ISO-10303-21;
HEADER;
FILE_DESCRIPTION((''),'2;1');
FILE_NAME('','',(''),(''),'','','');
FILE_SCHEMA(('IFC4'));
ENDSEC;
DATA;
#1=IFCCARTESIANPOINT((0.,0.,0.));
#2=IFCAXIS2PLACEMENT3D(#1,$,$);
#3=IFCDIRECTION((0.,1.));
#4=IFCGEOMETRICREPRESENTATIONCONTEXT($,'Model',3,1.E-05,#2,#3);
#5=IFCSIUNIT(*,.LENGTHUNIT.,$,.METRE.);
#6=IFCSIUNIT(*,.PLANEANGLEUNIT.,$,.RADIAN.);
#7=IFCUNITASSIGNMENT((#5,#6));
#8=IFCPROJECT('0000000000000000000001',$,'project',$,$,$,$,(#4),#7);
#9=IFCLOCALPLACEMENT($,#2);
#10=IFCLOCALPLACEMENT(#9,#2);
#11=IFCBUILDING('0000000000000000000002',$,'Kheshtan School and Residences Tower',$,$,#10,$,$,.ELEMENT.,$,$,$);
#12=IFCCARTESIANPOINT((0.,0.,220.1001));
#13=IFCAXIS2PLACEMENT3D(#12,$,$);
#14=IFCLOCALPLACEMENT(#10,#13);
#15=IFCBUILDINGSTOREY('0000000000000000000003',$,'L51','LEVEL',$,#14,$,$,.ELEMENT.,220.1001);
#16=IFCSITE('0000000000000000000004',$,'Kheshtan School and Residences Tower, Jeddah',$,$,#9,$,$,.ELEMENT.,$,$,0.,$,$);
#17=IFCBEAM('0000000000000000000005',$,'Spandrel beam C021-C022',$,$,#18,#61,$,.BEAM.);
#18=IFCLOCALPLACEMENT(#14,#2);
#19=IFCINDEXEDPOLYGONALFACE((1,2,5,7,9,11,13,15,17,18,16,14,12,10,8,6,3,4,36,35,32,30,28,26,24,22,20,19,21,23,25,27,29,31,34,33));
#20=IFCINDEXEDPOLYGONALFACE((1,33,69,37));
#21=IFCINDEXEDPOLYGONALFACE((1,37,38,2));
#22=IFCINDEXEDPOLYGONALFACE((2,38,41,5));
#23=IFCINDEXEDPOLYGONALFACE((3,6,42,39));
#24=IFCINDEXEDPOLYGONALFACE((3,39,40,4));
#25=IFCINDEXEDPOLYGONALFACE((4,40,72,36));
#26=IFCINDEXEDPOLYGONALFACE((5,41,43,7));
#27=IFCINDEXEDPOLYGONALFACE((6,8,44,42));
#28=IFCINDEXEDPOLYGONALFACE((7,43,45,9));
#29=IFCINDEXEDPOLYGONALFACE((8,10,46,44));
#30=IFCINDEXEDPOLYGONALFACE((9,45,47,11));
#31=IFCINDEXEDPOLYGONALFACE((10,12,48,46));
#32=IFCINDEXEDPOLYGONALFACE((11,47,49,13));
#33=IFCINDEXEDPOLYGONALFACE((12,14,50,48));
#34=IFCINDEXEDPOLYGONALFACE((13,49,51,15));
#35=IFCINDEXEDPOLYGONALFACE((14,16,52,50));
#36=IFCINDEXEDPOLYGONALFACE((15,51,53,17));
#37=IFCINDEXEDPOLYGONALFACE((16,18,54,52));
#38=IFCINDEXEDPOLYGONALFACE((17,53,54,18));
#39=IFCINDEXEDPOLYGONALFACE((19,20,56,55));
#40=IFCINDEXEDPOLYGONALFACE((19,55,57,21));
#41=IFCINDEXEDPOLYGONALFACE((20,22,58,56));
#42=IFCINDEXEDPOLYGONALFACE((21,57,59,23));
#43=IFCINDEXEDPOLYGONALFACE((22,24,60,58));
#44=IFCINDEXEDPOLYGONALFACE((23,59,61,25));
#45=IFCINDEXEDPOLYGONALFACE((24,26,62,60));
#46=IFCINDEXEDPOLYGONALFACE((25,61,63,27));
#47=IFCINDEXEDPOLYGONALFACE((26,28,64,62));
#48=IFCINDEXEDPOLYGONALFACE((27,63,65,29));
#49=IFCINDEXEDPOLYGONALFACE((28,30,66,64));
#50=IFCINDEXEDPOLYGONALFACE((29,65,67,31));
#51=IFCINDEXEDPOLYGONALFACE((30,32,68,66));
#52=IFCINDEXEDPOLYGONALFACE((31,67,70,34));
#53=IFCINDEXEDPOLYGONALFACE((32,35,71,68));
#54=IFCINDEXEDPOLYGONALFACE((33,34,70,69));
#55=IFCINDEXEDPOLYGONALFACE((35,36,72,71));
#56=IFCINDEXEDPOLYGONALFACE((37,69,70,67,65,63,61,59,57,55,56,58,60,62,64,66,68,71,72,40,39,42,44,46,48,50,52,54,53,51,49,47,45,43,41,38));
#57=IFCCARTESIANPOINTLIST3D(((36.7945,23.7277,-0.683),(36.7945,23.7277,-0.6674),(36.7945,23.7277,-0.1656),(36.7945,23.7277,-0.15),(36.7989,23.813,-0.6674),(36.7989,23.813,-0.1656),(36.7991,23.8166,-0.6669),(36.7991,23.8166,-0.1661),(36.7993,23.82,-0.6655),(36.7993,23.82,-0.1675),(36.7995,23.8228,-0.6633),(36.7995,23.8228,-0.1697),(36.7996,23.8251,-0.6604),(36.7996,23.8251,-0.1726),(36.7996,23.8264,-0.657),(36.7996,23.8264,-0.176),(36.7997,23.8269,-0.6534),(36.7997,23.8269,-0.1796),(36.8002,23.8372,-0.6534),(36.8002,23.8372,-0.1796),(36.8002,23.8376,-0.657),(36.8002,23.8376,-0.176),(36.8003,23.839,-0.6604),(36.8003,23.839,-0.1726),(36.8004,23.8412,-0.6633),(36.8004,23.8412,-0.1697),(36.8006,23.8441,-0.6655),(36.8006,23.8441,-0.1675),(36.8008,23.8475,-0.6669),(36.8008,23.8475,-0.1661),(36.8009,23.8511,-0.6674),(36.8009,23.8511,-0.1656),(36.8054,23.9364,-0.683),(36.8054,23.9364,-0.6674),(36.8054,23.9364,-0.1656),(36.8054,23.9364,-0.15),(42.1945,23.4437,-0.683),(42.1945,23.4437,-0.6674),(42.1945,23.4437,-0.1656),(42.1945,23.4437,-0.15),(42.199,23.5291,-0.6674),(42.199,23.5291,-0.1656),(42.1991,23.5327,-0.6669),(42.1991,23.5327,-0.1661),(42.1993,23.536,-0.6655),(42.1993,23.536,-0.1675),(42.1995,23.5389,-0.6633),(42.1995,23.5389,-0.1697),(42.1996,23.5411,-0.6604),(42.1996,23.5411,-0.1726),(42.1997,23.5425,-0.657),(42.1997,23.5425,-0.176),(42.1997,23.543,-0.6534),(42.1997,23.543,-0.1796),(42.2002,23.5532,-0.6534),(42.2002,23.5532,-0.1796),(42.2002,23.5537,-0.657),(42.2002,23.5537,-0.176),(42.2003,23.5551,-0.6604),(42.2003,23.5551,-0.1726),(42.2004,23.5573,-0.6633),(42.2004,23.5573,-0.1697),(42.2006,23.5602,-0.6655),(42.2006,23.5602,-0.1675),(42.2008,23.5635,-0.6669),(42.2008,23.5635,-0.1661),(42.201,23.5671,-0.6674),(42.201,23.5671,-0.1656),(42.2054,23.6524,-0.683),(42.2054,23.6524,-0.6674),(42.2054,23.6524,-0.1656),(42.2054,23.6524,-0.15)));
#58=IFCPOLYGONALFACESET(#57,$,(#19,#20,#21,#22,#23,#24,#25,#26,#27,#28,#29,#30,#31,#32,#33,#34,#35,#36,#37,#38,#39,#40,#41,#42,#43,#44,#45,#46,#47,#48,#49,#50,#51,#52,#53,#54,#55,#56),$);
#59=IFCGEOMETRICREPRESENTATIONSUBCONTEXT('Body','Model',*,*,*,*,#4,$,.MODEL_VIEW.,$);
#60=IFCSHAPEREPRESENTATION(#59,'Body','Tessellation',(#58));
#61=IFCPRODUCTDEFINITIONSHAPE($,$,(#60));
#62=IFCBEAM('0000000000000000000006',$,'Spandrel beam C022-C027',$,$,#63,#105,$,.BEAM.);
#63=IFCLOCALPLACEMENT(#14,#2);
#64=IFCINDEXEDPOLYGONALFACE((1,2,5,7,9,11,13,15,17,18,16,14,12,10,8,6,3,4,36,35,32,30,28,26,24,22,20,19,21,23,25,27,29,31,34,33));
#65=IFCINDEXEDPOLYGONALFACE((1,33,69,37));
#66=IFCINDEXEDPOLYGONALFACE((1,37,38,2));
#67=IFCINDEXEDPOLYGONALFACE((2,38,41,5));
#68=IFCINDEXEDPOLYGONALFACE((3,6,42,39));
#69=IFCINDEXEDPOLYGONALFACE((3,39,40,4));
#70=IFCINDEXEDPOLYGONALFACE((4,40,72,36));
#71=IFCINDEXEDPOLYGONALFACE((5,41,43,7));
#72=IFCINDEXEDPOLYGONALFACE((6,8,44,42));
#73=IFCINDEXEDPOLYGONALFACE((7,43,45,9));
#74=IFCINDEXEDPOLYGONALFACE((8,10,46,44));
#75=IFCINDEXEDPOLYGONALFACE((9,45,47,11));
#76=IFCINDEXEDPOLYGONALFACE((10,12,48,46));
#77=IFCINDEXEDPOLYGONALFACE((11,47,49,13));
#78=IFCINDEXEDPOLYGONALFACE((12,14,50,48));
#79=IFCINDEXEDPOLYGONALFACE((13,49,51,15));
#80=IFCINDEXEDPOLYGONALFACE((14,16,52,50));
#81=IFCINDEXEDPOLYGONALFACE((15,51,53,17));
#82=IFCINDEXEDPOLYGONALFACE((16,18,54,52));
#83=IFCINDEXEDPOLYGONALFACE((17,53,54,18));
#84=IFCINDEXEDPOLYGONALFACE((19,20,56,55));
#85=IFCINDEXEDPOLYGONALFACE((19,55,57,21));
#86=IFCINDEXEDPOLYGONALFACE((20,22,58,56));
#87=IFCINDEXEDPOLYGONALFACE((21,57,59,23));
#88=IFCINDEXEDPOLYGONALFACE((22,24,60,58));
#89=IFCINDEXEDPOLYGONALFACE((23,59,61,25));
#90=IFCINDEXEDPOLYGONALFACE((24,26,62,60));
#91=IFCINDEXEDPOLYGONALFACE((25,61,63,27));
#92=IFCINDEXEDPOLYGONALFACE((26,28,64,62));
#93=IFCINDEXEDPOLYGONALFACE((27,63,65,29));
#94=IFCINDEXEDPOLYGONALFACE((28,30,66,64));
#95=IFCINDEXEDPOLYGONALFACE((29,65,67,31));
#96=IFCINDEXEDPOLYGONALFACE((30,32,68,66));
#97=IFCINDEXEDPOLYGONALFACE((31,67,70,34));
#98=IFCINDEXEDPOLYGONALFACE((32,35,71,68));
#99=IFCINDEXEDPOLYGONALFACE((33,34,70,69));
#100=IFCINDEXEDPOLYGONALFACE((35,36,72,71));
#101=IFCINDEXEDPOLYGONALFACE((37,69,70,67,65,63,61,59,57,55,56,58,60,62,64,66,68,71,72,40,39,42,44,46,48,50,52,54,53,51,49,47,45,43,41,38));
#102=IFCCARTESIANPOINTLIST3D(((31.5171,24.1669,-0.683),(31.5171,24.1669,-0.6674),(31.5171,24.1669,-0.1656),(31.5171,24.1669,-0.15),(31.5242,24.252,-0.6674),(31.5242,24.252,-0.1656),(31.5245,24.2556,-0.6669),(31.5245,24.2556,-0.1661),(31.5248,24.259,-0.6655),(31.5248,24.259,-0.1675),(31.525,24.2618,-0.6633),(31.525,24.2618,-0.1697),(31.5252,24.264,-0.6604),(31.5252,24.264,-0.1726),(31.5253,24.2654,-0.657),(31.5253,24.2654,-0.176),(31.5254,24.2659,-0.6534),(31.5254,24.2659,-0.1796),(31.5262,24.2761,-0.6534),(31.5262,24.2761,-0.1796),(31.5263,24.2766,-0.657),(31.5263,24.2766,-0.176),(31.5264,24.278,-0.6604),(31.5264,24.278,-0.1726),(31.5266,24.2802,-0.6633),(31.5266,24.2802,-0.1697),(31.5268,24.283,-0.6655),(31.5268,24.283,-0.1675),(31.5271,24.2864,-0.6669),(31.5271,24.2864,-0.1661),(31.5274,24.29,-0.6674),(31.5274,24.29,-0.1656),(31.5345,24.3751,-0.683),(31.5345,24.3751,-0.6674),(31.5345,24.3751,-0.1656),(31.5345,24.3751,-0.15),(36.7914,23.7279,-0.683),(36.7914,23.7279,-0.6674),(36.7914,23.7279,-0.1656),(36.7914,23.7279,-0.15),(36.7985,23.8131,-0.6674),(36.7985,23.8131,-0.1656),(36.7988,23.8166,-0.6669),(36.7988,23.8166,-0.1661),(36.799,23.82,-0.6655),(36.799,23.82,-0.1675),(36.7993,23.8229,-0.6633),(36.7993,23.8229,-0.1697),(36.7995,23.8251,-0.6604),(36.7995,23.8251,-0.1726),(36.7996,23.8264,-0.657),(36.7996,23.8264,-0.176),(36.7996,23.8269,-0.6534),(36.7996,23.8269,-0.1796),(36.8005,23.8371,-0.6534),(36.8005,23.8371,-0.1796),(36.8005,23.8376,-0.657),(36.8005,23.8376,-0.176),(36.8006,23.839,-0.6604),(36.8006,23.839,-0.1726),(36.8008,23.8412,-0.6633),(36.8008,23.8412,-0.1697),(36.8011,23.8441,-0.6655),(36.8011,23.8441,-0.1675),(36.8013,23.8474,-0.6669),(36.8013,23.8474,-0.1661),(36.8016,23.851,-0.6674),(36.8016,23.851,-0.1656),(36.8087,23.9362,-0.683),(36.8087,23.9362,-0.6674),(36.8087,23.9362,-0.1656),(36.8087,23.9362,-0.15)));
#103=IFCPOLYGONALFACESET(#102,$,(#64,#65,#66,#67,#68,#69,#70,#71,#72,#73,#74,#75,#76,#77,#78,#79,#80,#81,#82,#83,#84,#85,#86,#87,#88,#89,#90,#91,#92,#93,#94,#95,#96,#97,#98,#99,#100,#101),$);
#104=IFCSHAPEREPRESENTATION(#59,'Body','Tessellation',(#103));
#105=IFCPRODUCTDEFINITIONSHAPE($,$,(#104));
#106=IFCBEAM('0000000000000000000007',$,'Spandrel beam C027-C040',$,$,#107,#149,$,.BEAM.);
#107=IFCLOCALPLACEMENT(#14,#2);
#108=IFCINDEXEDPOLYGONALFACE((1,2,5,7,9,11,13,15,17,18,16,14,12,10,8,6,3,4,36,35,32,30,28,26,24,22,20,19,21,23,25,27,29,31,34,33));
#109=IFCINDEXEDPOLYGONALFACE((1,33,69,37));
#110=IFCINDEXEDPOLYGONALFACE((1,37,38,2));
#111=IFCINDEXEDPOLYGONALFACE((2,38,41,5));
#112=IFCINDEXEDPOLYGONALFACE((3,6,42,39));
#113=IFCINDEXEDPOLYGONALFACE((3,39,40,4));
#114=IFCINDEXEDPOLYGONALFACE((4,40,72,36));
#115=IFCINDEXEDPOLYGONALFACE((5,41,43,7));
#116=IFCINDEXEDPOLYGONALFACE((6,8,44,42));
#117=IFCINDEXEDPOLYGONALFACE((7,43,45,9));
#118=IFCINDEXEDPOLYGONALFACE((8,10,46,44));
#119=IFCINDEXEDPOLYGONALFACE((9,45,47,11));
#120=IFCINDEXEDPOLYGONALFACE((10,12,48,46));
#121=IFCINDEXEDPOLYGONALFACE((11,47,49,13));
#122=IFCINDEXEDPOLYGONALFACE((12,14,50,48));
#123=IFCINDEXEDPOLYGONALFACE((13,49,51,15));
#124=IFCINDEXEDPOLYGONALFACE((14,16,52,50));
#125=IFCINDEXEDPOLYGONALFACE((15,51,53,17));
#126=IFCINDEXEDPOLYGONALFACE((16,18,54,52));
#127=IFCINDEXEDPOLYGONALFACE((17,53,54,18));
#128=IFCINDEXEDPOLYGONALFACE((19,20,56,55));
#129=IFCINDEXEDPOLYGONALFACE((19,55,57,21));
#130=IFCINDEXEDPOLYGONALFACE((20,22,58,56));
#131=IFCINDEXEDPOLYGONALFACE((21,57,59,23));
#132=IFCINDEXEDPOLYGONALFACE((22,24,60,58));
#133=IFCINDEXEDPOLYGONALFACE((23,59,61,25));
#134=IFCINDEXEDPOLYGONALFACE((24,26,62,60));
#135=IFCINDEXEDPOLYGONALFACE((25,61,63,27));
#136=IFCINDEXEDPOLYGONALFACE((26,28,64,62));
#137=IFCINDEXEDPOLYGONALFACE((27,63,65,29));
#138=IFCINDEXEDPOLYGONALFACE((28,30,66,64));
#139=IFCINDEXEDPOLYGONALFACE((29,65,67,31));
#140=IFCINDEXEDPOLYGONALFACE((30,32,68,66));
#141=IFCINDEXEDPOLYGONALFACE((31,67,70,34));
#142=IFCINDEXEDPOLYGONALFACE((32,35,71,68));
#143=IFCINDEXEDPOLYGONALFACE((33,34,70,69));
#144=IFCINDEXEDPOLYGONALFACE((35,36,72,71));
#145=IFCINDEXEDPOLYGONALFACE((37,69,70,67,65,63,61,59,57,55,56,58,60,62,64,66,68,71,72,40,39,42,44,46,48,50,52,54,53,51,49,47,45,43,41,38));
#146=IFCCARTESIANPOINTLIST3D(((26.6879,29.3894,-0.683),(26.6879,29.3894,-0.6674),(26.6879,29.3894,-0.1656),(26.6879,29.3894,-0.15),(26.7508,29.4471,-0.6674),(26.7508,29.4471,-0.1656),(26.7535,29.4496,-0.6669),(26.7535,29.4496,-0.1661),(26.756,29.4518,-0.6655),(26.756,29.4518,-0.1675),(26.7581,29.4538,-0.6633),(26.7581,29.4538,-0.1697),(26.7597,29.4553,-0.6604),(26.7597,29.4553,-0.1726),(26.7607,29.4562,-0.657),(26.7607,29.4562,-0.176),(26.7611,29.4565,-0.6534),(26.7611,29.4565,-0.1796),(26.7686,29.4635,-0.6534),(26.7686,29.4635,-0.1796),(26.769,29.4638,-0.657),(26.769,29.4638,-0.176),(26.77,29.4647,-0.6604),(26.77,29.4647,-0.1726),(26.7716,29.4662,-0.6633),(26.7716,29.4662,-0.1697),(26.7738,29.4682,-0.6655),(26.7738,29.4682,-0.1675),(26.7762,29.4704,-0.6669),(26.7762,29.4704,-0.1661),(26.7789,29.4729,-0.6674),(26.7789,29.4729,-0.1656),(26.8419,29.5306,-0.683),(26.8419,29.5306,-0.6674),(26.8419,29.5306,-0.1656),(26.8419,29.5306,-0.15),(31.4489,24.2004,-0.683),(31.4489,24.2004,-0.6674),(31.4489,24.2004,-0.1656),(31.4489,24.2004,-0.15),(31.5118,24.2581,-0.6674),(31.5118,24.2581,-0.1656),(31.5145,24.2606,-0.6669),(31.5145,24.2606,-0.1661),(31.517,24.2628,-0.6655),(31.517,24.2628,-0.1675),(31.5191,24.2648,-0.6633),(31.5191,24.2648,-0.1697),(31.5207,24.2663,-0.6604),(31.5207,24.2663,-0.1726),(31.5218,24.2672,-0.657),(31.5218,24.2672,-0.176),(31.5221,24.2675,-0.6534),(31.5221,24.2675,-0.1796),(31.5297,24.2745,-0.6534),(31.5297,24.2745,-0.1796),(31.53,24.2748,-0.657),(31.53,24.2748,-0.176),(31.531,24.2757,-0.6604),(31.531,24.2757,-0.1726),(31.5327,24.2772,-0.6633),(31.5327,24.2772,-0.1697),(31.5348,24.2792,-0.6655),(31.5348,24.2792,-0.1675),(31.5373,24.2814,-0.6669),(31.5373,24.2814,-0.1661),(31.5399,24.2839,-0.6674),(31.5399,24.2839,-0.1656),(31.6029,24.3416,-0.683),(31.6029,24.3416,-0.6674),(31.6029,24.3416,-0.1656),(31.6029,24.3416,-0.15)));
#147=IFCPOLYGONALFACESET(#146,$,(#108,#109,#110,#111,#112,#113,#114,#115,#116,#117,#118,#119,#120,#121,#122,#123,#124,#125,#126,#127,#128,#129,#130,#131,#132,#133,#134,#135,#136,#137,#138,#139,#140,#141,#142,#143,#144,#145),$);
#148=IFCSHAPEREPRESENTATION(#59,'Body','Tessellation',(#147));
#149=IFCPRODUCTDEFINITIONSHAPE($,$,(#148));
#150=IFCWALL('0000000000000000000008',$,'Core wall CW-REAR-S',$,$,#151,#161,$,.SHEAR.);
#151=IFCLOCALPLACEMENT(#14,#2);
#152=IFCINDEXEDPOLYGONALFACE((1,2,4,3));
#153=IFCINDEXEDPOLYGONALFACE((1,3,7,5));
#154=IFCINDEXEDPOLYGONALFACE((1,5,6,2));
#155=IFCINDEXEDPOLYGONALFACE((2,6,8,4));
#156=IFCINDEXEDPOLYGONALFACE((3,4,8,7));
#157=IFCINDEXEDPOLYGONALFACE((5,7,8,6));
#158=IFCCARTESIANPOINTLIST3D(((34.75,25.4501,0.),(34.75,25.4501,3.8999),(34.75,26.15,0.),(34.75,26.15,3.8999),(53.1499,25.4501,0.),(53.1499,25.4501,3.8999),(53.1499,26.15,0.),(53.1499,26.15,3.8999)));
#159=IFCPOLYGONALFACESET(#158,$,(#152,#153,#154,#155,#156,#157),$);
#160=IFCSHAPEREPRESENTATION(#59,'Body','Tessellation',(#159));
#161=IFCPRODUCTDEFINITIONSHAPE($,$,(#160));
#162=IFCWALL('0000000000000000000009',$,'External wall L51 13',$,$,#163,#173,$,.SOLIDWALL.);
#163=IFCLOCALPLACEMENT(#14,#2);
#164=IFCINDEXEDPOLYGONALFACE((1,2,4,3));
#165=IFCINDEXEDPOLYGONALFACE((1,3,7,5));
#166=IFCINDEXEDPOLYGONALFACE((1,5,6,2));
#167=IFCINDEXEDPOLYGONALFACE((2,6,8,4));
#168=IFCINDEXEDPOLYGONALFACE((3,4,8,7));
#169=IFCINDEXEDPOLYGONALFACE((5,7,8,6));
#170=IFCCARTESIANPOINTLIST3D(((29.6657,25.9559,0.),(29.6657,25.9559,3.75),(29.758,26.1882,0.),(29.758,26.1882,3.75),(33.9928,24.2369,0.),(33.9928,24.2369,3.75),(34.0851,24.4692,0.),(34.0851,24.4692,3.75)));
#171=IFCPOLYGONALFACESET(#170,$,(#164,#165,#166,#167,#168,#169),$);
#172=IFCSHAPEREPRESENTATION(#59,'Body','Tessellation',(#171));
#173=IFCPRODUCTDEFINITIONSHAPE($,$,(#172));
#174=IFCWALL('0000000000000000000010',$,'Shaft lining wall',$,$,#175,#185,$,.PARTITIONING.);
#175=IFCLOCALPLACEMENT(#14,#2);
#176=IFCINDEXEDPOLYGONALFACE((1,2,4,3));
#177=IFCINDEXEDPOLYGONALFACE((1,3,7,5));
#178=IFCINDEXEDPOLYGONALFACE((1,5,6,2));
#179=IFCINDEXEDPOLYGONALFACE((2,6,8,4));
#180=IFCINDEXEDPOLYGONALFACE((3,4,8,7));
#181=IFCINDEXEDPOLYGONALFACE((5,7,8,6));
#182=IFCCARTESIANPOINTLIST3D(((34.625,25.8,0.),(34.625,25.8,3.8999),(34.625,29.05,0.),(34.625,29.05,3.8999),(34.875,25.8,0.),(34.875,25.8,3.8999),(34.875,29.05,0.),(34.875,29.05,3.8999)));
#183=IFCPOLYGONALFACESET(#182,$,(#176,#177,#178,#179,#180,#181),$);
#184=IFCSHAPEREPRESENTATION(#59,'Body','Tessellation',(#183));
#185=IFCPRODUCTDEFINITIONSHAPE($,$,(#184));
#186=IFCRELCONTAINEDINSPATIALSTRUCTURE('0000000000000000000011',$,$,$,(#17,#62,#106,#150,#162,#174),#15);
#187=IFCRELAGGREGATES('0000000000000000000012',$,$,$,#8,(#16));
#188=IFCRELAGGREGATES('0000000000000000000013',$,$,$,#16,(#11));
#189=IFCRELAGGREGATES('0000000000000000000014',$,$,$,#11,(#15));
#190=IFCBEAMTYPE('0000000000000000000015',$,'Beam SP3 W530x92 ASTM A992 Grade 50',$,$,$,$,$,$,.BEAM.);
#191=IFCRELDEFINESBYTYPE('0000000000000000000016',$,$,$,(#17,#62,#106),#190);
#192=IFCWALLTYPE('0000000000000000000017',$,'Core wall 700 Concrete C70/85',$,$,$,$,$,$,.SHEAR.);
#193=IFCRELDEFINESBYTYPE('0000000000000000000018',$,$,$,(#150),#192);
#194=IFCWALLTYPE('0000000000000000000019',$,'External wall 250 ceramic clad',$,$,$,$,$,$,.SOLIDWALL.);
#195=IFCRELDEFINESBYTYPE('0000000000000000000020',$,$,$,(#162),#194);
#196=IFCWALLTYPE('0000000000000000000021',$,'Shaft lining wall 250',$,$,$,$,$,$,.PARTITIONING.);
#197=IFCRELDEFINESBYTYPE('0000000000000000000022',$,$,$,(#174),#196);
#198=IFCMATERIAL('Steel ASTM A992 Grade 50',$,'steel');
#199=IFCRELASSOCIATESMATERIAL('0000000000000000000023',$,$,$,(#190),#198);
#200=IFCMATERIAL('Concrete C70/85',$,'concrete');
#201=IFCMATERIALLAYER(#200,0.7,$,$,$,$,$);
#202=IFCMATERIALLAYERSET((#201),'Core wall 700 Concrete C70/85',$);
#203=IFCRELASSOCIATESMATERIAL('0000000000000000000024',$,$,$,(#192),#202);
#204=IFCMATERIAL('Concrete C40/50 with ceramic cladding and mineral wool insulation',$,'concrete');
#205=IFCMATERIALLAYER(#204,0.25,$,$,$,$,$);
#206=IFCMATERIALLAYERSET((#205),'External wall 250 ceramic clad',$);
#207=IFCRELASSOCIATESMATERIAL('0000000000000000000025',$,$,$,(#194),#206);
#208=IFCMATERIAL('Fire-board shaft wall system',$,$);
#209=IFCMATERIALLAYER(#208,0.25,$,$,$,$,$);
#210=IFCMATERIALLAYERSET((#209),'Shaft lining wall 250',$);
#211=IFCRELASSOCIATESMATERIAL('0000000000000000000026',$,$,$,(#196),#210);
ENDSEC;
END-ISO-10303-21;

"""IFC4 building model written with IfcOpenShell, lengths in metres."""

from ifc_helpers import new_model, si_unit, direction, frame, frame_2d, origin, origin_2d, place, context, subcontext, project, spatial, rectangle, i_section, extrude, material, layer, layer_set, material_profile, profile_set, type_object, element, save


model = new_model("IFC4")

# Units and contexts
model_context = context("Model", 3, precision=1e-05, world=origin(), true_north=direction((0.0, 1.0)))
body_context = subcontext(model_context, "Body", "Model", "MODEL_VIEW")
ifc_project = project(units=[si_unit("LENGTHUNIT", "METRE"), si_unit("PLANEANGLEUNIT", "RADIAN")], contexts=[model_context])

# Site, building, storey
site_placement = place(None, origin())
site = spatial("IfcSite", under=ifc_project, at=site_placement, Name="Kheshtan School and Residences Tower, Jeddah", CompositionType="ELEMENT", RefElevation=0.0)
building_placement = place(site_placement, origin())
building = spatial("IfcBuilding", under=site, at=building_placement, Name="Kheshtan School and Residences Tower", CompositionType="ELEMENT")
storey_placement = place(building_placement, frame((0.0, 0.0, 220.1001)))
storey = spatial("IfcBuildingStorey", under=building, at=storey_placement, Name="L51", Description="LEVEL", CompositionType="ELEMENT", Elevation=220.1001)

# Shared definitions
ifc_material_1 = material(Name="Steel ASTM A992 Grade 50", Category="steel")

# Beams
ifc_material_profile_1 = material_profile(ifc_material_1, i_section(OverallWidth=0.209, OverallDepth=0.533, WebThickness=0.0103, FlangeThickness=0.0156, FilletRadius=0.0139, at=origin_2d()), Name="W530x92")
ifc_profile_set_1 = profile_set([ifc_material_profile_1], Name="Steel ASTM A992 Grade 50")
beam_type_1 = type_object("IfcBeamType", Name="Beam SP3 W530x92 ASTM A992 Grade 50", PredefinedType="BEAM", material=ifc_profile_set_1)
beam_1_placement = place(storey_placement, frame((42.2, 23.5481, -0.4165), z_axis=(-0.99862, 0.052509, 0.0), x_axis=(-0.052509, -0.99862, 0.0)))
element("IfcBeam", 1, at=beam_1_placement, inside=storey, type_object=beam_type_1, Name="Spandrel beam C021-C022", PredefinedType="BEAM", context=body_context, shape_type="SweptSolid", body=[
    extrude(i_section(OverallWidth=0.209, OverallDepth=0.533, WebThickness=0.0103, FlangeThickness=0.0156, FilletRadius=0.0139, at=origin_2d()), origin(), (0.0, 0.0, 1.0), 5.4075),
])
beam_2_placement = place(storey_placement, frame((36.8, 23.832, -0.4165), z_axis=(-0.996554, 0.082942, 0.0), x_axis=(-0.082942, -0.996554, 0.0)))
element("IfcBeam", 2, at=beam_2_placement, inside=storey, type_object=beam_type_1, Name="Spandrel beam C022-C027", PredefinedType="BEAM", context=body_context, shape_type="SweptSolid", body=[
    extrude(i_section(OverallWidth=0.209, OverallDepth=0.533, WebThickness=0.0103, FlangeThickness=0.0156, FilletRadius=0.0139, at=origin_2d()), origin(), (0.0, 0.0, 1.0), 5.2925),
])
beam_3_placement = place(storey_placement, frame((31.5259, 24.271, -0.4165), z_axis=(-0.676067, 0.73684, 0.0), x_axis=(-0.73684, -0.676067, 0.0)))
element("IfcBeam", 3, at=beam_3_placement, inside=storey, type_object=beam_type_1, Name="Spandrel beam C027-C040", PredefinedType="BEAM", context=body_context, shape_type="SweptSolid", body=[
    extrude(i_section(OverallWidth=0.209, OverallDepth=0.533, WebThickness=0.0103, FlangeThickness=0.0156, FilletRadius=0.0139, at=origin_2d()), origin(), (0.0, 0.0, 1.0), 7.0422),
])

# Walls
ifc_material_2 = material(Name="Concrete C70/85", Category="concrete")
ifc_layer_1 = layer(ifc_material_2, 0.7)
ifc_layer_set_1 = layer_set([ifc_layer_1], Name="Core wall 700 Concrete C70/85")
wall_type_1 = type_object("IfcWallType", Name="Core wall 700 Concrete C70/85", PredefinedType="SHEAR", material=ifc_layer_set_1)
wall_1_placement = place(storey_placement, frame((34.75, 25.8, 0.0), z_axis=(0.0, 0.0, 1.0), x_axis=(1.0, 0.0, 0.0)))
element("IfcWall", 4, at=wall_1_placement, inside=storey, type_object=wall_type_1, Name="Core wall CW-REAR-S", PredefinedType="SHEAR", context=body_context, shape_type="SweptSolid", body=[
    extrude(rectangle(XDim=18.3999, YDim=0.7, at=frame_2d((9.2, 0.0))), origin(), (0.0, 0.0, 1.0), 3.8999),
])
ifc_material_3 = material(Name="Concrete C40/50 with ceramic cladding and mineral wool insulation", Category="concrete")
ifc_layer_2 = layer(ifc_material_3, 0.25)
ifc_layer_set_2 = layer_set([ifc_layer_2], Name="External wall 250 ceramic clad")
wall_type_2 = type_object("IfcWallType", Name="External wall 250 ceramic clad", PredefinedType="SOLIDWALL", material=ifc_layer_set_2)
wall_2_placement = place(storey_placement, frame((34.0391, 24.353, 0.0), z_axis=(0.0, 0.0, 1.0), x_axis=(-0.929353, 0.369193, 0.0)))
element("IfcWall", 5, at=wall_2_placement, inside=storey, type_object=wall_type_2, Name="External wall L51 13", PredefinedType="SOLIDWALL", context=body_context, shape_type="SweptSolid", body=[
    extrude(rectangle(XDim=4.656, YDim=0.25, at=frame_2d((2.3281, 0.0))), origin(), (0.0, 0.0, 1.0), 3.75),
])
ifc_material_4 = material(Name="Fire-board shaft wall system")
ifc_layer_3 = layer(ifc_material_4, 0.25)
ifc_layer_set_3 = layer_set([ifc_layer_3], Name="Shaft lining wall 250")
wall_type_3 = type_object("IfcWallType", Name="Shaft lining wall 250", PredefinedType="PARTITIONING", material=ifc_layer_set_3)
wall_3_placement = place(storey_placement, frame((34.75, 25.8, 0.0), z_axis=(0.0, 0.0, 1.0), x_axis=(0.0, 1.0, 0.0)))
element("IfcWall", 6, at=wall_3_placement, inside=storey, type_object=wall_type_3, Name="Shaft lining wall", PredefinedType="PARTITIONING", context=body_context, shape_type="SweptSolid", body=[
    extrude(rectangle(XDim=3.25, YDim=0.25, at=frame_2d((1.625, 0.0))), origin(), (0.0, 0.0, 1.0), 3.8999),
])

save(model, "model.ifc")
